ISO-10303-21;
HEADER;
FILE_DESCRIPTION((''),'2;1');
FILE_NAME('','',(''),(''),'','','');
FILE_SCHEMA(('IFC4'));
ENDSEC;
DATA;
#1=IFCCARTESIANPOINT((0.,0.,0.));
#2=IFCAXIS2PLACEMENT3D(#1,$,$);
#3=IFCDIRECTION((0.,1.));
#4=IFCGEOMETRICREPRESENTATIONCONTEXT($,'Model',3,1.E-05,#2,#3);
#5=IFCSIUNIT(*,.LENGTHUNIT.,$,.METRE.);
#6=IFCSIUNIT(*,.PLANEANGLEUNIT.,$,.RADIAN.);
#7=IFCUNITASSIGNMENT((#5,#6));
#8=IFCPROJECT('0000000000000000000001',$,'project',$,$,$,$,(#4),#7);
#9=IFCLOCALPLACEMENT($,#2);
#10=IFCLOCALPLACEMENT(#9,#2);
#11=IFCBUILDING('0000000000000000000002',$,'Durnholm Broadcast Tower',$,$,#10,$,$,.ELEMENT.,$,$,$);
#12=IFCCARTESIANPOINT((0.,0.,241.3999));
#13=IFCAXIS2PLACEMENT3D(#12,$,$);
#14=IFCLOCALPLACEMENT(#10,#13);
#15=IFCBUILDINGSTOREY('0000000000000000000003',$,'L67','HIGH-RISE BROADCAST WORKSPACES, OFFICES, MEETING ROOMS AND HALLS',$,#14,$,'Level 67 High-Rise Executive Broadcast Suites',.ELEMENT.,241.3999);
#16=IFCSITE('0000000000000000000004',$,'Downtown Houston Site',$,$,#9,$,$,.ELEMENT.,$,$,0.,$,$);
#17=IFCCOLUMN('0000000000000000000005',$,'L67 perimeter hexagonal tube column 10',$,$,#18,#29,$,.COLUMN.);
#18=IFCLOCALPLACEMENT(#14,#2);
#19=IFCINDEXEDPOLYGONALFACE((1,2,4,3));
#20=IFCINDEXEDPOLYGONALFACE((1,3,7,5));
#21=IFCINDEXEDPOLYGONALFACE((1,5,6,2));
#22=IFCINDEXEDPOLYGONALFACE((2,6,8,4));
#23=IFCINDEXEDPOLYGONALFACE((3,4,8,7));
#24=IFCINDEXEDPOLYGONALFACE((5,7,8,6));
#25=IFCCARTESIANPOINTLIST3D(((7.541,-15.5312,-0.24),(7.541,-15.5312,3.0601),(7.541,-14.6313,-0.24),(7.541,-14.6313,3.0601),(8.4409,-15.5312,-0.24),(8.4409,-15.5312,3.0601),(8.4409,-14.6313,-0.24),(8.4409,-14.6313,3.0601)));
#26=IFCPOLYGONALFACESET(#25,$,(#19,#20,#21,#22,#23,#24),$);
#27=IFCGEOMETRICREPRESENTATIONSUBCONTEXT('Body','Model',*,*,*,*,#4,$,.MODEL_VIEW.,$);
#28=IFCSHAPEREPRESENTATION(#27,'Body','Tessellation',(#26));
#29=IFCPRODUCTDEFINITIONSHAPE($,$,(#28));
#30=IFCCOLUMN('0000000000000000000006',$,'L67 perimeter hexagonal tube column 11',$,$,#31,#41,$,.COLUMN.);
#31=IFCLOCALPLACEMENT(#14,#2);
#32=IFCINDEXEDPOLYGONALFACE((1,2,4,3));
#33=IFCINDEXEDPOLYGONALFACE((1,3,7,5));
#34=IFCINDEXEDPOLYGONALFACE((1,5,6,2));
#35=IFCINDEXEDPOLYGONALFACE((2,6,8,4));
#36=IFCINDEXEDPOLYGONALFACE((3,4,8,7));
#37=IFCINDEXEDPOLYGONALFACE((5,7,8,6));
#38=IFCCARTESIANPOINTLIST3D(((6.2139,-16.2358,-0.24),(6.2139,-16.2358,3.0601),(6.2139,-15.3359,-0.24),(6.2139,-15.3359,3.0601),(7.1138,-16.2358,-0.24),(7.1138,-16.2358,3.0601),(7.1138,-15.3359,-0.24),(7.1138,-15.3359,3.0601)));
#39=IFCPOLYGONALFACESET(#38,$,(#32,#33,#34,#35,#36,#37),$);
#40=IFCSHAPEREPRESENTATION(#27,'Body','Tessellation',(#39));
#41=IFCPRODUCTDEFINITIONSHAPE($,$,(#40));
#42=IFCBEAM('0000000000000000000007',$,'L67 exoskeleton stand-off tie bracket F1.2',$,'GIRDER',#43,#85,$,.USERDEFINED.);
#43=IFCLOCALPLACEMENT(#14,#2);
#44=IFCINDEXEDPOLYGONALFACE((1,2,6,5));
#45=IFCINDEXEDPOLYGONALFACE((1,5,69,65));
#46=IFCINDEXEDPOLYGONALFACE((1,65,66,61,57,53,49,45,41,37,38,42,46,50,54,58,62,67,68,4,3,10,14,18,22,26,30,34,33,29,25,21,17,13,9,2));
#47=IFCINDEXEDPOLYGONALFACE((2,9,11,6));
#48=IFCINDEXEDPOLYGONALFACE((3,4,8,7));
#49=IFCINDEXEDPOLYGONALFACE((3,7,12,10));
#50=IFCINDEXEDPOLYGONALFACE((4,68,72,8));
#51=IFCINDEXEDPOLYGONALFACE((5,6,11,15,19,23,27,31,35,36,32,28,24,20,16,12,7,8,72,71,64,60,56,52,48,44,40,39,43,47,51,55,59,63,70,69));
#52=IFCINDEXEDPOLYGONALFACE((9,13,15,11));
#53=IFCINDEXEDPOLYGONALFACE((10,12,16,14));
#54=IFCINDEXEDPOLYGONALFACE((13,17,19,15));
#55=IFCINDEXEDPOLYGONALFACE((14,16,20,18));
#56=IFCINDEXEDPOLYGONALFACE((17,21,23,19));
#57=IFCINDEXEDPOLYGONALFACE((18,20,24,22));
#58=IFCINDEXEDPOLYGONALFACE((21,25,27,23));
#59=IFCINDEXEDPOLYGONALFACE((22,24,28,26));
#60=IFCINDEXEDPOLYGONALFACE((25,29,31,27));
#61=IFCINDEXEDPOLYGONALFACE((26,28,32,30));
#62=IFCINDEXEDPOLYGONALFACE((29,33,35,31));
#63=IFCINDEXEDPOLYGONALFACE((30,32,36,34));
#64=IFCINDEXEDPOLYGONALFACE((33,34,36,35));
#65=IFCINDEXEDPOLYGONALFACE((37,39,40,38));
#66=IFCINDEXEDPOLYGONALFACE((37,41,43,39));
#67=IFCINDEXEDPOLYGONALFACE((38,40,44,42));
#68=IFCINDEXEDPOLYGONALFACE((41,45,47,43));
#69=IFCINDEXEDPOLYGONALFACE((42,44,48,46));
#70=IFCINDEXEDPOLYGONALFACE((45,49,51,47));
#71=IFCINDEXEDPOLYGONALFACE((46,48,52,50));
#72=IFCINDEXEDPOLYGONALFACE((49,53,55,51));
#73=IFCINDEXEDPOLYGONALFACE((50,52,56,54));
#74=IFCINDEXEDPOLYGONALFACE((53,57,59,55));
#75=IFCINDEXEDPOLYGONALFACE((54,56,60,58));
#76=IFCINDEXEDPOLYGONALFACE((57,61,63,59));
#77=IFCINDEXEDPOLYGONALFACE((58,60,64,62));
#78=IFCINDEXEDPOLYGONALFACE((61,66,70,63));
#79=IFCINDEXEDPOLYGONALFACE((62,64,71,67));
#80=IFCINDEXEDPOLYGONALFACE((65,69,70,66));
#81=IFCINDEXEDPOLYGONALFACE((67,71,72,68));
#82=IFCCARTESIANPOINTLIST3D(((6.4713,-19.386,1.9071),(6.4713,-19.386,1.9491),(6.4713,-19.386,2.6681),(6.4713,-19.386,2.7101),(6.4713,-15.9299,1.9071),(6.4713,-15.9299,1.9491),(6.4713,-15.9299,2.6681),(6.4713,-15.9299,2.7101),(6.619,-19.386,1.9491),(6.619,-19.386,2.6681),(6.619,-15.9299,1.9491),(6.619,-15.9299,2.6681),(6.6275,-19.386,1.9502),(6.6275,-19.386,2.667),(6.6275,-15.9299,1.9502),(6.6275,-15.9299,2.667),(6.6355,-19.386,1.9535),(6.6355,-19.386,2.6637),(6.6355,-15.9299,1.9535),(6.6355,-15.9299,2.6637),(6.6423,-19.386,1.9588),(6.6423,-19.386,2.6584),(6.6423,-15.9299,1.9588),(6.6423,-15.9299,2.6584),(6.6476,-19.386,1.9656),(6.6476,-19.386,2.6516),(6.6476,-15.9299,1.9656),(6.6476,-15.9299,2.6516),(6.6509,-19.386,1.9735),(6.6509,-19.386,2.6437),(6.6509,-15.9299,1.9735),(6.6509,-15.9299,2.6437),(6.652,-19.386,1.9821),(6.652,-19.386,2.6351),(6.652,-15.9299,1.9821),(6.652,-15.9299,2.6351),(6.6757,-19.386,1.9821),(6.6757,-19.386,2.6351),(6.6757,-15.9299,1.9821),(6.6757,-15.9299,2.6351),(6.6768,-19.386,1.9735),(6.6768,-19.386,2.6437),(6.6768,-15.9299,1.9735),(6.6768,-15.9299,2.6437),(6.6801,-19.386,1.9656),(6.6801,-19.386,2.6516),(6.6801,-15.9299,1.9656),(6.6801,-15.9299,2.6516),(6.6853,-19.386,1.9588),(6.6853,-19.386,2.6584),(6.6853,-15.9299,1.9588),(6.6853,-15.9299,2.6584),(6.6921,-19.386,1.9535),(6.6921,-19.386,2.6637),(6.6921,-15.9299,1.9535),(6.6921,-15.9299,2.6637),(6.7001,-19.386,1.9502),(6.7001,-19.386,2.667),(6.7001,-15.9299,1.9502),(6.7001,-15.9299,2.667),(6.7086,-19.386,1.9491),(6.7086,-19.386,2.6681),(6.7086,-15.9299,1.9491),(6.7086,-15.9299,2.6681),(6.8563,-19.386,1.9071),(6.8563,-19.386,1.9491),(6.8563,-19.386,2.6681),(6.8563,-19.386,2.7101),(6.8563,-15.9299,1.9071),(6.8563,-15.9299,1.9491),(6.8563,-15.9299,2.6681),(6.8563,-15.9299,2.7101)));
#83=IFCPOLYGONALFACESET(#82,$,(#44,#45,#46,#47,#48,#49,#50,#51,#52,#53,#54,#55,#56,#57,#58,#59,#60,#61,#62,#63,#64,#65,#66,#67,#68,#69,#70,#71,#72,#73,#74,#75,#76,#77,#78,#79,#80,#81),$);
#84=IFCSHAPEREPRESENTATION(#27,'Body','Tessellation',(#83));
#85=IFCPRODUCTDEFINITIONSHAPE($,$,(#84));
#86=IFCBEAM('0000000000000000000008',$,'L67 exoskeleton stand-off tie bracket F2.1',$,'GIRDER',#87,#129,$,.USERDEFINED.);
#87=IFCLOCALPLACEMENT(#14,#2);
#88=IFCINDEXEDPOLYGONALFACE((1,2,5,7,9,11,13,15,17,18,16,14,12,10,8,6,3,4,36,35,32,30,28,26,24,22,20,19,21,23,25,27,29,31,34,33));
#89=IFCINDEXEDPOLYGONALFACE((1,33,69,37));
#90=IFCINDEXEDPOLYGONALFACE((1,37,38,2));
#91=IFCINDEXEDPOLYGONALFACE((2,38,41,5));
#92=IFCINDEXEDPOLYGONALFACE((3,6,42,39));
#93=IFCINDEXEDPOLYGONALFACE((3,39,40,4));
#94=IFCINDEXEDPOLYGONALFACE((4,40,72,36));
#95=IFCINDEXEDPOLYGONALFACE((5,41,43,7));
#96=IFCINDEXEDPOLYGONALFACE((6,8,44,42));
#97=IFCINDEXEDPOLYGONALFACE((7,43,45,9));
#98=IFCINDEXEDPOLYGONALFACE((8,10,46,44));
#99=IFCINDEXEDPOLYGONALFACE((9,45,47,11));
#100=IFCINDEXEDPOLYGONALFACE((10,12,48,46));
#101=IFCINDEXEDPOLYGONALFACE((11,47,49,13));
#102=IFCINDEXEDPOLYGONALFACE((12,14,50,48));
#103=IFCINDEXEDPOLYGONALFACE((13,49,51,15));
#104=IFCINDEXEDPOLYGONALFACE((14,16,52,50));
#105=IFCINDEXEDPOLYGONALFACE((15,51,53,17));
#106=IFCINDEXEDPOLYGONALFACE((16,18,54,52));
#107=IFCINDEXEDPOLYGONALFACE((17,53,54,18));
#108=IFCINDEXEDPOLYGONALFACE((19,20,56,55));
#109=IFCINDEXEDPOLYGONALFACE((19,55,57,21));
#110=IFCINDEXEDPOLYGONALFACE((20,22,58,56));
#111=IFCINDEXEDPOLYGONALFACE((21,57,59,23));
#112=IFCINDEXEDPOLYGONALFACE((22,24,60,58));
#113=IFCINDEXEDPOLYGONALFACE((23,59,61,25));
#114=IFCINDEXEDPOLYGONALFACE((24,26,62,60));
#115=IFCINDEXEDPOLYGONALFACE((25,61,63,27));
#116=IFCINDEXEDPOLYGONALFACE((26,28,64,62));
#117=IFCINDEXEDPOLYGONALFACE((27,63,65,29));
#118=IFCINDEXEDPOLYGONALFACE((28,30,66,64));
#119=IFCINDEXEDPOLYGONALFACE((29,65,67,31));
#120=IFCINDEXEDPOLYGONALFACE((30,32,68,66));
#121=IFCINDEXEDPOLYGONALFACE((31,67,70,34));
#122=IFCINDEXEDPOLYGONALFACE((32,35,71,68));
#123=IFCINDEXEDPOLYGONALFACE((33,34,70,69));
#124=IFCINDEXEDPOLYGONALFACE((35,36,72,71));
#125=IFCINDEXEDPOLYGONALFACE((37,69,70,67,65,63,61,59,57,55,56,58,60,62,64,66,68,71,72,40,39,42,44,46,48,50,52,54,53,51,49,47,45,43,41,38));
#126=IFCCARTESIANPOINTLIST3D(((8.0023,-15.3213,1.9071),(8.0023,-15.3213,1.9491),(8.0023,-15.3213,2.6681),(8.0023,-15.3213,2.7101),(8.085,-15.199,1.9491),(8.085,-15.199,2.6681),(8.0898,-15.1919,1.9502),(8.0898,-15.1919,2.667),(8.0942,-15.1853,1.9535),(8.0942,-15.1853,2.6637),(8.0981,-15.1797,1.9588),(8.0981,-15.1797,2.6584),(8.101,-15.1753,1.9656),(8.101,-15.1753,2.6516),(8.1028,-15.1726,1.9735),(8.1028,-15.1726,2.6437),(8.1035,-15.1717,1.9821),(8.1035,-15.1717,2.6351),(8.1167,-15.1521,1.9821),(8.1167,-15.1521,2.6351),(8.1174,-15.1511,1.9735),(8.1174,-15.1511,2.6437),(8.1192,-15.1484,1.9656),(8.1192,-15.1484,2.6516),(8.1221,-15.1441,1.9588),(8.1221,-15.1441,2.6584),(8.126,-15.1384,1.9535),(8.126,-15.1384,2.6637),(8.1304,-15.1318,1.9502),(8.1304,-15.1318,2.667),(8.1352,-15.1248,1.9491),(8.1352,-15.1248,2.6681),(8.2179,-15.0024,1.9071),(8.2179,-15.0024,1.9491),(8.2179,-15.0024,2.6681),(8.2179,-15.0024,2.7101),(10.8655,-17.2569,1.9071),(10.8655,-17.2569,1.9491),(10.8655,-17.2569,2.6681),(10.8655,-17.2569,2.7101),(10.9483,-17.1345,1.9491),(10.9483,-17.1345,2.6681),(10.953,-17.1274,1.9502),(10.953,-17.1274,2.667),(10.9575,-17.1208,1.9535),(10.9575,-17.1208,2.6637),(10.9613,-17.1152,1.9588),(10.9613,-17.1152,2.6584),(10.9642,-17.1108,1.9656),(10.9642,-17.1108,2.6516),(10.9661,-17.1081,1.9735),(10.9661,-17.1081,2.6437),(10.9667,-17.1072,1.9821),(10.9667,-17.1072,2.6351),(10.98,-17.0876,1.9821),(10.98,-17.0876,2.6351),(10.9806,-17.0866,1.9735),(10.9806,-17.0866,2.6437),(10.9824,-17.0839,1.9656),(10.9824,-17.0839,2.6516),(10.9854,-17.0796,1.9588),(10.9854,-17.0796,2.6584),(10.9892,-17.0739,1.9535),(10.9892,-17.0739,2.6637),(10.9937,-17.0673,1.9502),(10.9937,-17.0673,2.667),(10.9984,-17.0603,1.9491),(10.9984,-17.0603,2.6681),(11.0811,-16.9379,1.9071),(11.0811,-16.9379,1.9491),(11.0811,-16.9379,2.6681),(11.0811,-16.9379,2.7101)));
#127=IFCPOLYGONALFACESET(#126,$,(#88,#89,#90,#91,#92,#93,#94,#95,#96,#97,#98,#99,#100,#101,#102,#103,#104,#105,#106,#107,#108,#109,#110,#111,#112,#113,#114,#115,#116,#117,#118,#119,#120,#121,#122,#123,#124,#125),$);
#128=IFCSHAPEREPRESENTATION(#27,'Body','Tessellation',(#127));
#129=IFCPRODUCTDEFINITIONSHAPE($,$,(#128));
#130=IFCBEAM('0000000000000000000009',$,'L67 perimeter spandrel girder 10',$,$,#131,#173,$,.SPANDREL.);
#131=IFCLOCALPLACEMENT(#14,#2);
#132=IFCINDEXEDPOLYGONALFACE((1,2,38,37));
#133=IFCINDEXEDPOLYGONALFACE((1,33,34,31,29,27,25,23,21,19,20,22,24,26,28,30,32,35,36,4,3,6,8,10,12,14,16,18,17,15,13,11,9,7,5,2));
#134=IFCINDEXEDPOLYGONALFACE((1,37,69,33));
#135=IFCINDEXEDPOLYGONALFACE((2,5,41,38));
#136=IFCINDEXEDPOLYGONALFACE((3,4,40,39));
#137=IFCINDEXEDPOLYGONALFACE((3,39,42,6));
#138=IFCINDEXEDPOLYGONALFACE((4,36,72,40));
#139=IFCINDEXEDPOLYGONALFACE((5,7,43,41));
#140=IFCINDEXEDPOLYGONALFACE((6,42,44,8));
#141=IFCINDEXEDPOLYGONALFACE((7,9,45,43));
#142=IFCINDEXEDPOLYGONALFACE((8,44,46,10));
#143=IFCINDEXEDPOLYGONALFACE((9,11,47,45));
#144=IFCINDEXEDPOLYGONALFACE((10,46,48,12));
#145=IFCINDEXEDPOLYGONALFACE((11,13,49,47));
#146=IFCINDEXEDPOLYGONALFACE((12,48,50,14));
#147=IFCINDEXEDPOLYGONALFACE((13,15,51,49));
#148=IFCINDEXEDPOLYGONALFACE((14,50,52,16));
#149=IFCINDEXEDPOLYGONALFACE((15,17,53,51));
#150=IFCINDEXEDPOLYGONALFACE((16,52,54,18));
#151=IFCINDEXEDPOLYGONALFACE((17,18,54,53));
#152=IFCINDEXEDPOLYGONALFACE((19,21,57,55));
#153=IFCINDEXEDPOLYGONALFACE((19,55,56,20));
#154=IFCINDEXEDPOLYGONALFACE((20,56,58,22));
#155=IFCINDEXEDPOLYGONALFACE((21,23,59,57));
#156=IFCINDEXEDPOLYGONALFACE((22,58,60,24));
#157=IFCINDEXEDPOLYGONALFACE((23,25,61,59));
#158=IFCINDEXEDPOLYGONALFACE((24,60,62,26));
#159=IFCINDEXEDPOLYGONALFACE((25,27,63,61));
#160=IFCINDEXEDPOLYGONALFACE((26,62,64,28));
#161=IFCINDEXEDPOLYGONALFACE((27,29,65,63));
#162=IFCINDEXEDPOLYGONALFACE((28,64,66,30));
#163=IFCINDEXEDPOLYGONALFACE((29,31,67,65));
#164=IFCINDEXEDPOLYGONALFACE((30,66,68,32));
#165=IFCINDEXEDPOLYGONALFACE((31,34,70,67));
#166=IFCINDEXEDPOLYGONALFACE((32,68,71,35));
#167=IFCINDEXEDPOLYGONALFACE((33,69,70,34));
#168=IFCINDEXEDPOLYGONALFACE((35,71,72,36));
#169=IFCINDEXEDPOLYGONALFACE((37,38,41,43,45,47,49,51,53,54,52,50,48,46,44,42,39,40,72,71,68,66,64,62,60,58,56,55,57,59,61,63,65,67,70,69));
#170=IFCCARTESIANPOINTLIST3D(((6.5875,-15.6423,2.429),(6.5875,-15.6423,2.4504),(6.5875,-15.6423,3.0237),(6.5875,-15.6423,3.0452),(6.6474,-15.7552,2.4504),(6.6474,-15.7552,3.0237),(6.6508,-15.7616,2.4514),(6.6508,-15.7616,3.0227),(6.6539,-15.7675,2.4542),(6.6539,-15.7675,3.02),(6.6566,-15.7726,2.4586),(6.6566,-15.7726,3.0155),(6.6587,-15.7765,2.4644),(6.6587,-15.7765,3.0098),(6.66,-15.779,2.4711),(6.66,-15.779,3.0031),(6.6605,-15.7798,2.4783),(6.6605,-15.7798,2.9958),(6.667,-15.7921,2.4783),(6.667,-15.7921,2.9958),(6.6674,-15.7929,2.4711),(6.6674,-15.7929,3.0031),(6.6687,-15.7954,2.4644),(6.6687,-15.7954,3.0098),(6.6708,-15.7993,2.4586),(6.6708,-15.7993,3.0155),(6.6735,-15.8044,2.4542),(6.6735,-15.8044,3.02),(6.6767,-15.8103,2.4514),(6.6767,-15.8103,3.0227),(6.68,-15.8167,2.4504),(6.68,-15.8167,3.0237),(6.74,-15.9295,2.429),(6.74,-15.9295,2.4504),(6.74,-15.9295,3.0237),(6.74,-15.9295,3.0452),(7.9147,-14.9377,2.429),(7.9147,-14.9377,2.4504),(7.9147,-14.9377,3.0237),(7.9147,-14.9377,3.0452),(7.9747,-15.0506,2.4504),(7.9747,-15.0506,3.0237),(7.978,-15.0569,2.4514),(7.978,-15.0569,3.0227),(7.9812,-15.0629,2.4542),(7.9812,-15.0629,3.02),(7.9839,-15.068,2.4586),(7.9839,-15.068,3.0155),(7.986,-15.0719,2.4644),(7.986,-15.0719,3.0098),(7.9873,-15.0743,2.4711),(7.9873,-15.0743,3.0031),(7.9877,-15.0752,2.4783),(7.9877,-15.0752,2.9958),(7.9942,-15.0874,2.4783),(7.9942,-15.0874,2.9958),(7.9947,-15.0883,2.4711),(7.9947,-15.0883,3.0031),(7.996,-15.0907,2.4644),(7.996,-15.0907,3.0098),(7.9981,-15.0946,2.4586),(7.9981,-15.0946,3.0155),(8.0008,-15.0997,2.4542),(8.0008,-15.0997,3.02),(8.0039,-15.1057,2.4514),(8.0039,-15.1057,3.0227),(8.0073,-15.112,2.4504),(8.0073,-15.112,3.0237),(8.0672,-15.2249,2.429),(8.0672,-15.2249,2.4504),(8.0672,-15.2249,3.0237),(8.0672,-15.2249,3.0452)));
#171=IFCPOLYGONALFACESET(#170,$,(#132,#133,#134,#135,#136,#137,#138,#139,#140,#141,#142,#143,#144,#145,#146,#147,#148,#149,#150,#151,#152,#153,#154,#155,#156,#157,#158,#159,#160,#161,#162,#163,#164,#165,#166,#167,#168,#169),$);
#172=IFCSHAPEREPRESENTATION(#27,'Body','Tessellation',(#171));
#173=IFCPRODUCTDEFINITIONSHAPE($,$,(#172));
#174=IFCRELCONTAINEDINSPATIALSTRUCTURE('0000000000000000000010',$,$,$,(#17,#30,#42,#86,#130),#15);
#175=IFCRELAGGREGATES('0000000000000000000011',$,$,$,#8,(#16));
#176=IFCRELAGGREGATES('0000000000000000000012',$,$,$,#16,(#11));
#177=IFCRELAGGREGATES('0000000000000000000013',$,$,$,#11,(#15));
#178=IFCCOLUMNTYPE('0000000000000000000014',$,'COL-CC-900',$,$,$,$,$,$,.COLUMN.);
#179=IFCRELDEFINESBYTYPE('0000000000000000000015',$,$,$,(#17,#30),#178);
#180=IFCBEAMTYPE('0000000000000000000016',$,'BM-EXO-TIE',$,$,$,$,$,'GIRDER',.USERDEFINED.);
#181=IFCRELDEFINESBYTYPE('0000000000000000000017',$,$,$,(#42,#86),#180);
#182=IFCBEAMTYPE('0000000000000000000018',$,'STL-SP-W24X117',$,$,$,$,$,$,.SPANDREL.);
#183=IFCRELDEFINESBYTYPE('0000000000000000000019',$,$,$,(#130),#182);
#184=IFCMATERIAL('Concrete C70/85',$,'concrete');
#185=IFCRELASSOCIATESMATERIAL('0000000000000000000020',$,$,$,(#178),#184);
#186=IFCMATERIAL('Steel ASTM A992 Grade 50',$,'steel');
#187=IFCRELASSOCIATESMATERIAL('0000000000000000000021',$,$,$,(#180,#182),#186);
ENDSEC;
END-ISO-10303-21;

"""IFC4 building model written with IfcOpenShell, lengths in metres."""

from ifc_helpers import new_model, si_unit, direction, frame, origin, origin_2d, place, context, subcontext, project, spatial, rectangle, i_section, extrude, source, transform, mapped, material, material_profile, profile_set, type_object, type_shapes, element, save


model = new_model("IFC4")

# Units and contexts
model_context = context("Model", 3, precision=1e-05, world=origin(), true_north=direction((0.0, 1.0)))
body_context = subcontext(model_context, "Body", "Model", "MODEL_VIEW")
ifc_project = project(units=[si_unit("LENGTHUNIT", "METRE"), si_unit("PLANEANGLEUNIT", "RADIAN")], contexts=[model_context])

# Site, building, storey
site_placement = place(None, origin())
site = spatial("IfcSite", under=ifc_project, at=site_placement, Name="Downtown Houston Site", CompositionType="ELEMENT", RefElevation=0.0)
building_placement = place(site_placement, origin())
building = spatial("IfcBuilding", under=site, at=building_placement, Name="Durnholm Broadcast Tower", CompositionType="ELEMENT")
storey_placement = place(building_placement, frame((0.0, 0.0, 241.3999)))
storey = spatial("IfcBuildingStorey", under=building, at=storey_placement, Name="L67", Description="HIGH-RISE BROADCAST WORKSPACES, OFFICES, MEETING ROOMS AND HALLS", LongName="Level 67 High-Rise Executive Broadcast Suites", CompositionType="ELEMENT", Elevation=241.3999)

# Columns
ifc_material_1 = material(Name="Concrete C70/85", Category="concrete")
ifc_material_profile_1 = material_profile(ifc_material_1, rectangle(XDim=0.8999, YDim=0.8999, at=origin_2d()), Name="RC900X900")
ifc_profile_set_1 = profile_set([ifc_material_profile_1], Name="Concrete C70/85")
column_type = type_object("IfcColumnType", Name="COL-CC-900", PredefinedType="COLUMN", material=ifc_profile_set_1)
shared_shape_1 = source(origin(), body_context, "Body", "SweptSolid", [
    extrude(rectangle(XDim=0.8999, YDim=0.8999, at=origin_2d()), origin(), (0.0, 0.0, 1.0), 3.3),
])
type_shapes(column_type, [shared_shape_1])
for number, where, z_axis, x_axis, name in (
    (1, (7.991, -15.0813, -0.24), (0.0, 0.0, 1.0), (1.0, 0.0, 0.0), "L67 perimeter hexagonal tube column 10"),
    (2, (6.6638, -15.7859, -0.24), (0.0, 0.0, 1.0), (1.0, 0.0, 0.0), "L67 perimeter hexagonal tube column 11"),
):
    element("IfcColumn", number, at=place(storey_placement, frame(where, z_axis=z_axis, x_axis=x_axis)), inside=storey, type_object=column_type, Name=name, PredefinedType="COLUMN", context=body_context, shape_type="MappedRepresentation", body=[
        mapped(shared_shape_1, transform((0.0, 0.0, 0.0), x_axis=(1.0, 0.0, 0.0), y_axis=(0.0, 1.0, 0.0), z_axis=(0.0, 0.0, 1.0), scale=1.0)),
    ])

# Beams
ifc_material_2 = material(Name="Steel ASTM A992 Grade 50", Category="steel")
ifc_material_profile_2 = material_profile(ifc_material_2, i_section(OverallWidth=0.385, OverallDepth=0.803, WebThickness=0.0237, FlangeThickness=0.042, FilletRadius=0.033, at=origin_2d()), Name="W30X261")
ifc_profile_set_2 = profile_set([ifc_material_profile_2], Name="Steel ASTM A992 Grade 50")
beam_type_1 = type_object("IfcBeamType", Name="BM-EXO-TIE", ElementType="GIRDER", PredefinedType="USERDEFINED", material=ifc_profile_set_2)
shared_shape_2 = source(origin(), body_context, "Body", "SweptSolid", [
    extrude(i_section(OverallWidth=0.385, OverallDepth=0.803, WebThickness=0.0237, FlangeThickness=0.042, FilletRadius=0.033, at=origin_2d()), origin(), (0.0, 0.0, 1.0), 3.4561),
])
for number, where, z_axis, x_axis, name in (
    (3, (6.6638, -15.9299, 2.3086), (0.0, -1.0, 0.0), (1.0, 0.0, 0.0), "L67 exoskeleton stand-off tie bracket F1.2"),
    (4, (8.1101, -15.1619, 2.3086), (0.828468, -0.560036, 0.0), (0.560036, 0.828468, 0.0), "L67 exoskeleton stand-off tie bracket F2.1"),
):
    element("IfcBeam", number, at=place(storey_placement, frame(where, z_axis=z_axis, x_axis=x_axis)), inside=storey, type_object=beam_type_1, Name=name, ObjectType="GIRDER", PredefinedType="USERDEFINED", context=body_context, shape_type="MappedRepresentation", body=[
        mapped(shared_shape_2, transform((0.0, 0.0, 0.0), x_axis=(1.0, 0.0, 0.0), y_axis=(0.0, 1.0, 0.0), z_axis=(0.0, 0.0, 1.0), scale=1.0)),
    ])
ifc_material_profile_3 = material_profile(ifc_material_2, i_section(OverallWidth=0.3252, OverallDepth=0.6162, WebThickness=0.0139, FlangeThickness=0.0215, FilletRadius=0.0278, at=origin_2d()), Name="W24X117")
ifc_profile_set_3 = profile_set([ifc_material_profile_3], Name="Steel ASTM A992 Grade 50")
beam_type_2 = type_object("IfcBeamType", Name="STL-SP-W24X117", PredefinedType="SPANDREL", material=ifc_profile_set_3)
shared_shape_3 = source(origin(), body_context, "Body", "SweptSolid", [
    extrude(i_section(OverallWidth=0.3252, OverallDepth=0.6162, WebThickness=0.0139, FlangeThickness=0.0215, FilletRadius=0.0278, at=origin_2d()), origin(), (0.0, 0.0, 1.0), 1.5027),
])
beam_1_placement = place(storey_placement, frame((7.991, -15.0813, 2.7371), z_axis=(-0.883242, -0.468918, 0.0), x_axis=(0.468918, -0.883242, 0.0)))
element("IfcBeam", 5, at=beam_1_placement, inside=storey, type_object=beam_type_2, Name="L67 perimeter spandrel girder 10", PredefinedType="SPANDREL", context=body_context, shape_type="MappedRepresentation", body=[
    mapped(shared_shape_3, transform((0.0, 0.0, 0.0), x_axis=(1.0, 0.0, 0.0), y_axis=(0.0, 1.0, 0.0), z_axis=(0.0, 0.0, 1.0), scale=1.0)),
])

save(model, "model.ifc")
